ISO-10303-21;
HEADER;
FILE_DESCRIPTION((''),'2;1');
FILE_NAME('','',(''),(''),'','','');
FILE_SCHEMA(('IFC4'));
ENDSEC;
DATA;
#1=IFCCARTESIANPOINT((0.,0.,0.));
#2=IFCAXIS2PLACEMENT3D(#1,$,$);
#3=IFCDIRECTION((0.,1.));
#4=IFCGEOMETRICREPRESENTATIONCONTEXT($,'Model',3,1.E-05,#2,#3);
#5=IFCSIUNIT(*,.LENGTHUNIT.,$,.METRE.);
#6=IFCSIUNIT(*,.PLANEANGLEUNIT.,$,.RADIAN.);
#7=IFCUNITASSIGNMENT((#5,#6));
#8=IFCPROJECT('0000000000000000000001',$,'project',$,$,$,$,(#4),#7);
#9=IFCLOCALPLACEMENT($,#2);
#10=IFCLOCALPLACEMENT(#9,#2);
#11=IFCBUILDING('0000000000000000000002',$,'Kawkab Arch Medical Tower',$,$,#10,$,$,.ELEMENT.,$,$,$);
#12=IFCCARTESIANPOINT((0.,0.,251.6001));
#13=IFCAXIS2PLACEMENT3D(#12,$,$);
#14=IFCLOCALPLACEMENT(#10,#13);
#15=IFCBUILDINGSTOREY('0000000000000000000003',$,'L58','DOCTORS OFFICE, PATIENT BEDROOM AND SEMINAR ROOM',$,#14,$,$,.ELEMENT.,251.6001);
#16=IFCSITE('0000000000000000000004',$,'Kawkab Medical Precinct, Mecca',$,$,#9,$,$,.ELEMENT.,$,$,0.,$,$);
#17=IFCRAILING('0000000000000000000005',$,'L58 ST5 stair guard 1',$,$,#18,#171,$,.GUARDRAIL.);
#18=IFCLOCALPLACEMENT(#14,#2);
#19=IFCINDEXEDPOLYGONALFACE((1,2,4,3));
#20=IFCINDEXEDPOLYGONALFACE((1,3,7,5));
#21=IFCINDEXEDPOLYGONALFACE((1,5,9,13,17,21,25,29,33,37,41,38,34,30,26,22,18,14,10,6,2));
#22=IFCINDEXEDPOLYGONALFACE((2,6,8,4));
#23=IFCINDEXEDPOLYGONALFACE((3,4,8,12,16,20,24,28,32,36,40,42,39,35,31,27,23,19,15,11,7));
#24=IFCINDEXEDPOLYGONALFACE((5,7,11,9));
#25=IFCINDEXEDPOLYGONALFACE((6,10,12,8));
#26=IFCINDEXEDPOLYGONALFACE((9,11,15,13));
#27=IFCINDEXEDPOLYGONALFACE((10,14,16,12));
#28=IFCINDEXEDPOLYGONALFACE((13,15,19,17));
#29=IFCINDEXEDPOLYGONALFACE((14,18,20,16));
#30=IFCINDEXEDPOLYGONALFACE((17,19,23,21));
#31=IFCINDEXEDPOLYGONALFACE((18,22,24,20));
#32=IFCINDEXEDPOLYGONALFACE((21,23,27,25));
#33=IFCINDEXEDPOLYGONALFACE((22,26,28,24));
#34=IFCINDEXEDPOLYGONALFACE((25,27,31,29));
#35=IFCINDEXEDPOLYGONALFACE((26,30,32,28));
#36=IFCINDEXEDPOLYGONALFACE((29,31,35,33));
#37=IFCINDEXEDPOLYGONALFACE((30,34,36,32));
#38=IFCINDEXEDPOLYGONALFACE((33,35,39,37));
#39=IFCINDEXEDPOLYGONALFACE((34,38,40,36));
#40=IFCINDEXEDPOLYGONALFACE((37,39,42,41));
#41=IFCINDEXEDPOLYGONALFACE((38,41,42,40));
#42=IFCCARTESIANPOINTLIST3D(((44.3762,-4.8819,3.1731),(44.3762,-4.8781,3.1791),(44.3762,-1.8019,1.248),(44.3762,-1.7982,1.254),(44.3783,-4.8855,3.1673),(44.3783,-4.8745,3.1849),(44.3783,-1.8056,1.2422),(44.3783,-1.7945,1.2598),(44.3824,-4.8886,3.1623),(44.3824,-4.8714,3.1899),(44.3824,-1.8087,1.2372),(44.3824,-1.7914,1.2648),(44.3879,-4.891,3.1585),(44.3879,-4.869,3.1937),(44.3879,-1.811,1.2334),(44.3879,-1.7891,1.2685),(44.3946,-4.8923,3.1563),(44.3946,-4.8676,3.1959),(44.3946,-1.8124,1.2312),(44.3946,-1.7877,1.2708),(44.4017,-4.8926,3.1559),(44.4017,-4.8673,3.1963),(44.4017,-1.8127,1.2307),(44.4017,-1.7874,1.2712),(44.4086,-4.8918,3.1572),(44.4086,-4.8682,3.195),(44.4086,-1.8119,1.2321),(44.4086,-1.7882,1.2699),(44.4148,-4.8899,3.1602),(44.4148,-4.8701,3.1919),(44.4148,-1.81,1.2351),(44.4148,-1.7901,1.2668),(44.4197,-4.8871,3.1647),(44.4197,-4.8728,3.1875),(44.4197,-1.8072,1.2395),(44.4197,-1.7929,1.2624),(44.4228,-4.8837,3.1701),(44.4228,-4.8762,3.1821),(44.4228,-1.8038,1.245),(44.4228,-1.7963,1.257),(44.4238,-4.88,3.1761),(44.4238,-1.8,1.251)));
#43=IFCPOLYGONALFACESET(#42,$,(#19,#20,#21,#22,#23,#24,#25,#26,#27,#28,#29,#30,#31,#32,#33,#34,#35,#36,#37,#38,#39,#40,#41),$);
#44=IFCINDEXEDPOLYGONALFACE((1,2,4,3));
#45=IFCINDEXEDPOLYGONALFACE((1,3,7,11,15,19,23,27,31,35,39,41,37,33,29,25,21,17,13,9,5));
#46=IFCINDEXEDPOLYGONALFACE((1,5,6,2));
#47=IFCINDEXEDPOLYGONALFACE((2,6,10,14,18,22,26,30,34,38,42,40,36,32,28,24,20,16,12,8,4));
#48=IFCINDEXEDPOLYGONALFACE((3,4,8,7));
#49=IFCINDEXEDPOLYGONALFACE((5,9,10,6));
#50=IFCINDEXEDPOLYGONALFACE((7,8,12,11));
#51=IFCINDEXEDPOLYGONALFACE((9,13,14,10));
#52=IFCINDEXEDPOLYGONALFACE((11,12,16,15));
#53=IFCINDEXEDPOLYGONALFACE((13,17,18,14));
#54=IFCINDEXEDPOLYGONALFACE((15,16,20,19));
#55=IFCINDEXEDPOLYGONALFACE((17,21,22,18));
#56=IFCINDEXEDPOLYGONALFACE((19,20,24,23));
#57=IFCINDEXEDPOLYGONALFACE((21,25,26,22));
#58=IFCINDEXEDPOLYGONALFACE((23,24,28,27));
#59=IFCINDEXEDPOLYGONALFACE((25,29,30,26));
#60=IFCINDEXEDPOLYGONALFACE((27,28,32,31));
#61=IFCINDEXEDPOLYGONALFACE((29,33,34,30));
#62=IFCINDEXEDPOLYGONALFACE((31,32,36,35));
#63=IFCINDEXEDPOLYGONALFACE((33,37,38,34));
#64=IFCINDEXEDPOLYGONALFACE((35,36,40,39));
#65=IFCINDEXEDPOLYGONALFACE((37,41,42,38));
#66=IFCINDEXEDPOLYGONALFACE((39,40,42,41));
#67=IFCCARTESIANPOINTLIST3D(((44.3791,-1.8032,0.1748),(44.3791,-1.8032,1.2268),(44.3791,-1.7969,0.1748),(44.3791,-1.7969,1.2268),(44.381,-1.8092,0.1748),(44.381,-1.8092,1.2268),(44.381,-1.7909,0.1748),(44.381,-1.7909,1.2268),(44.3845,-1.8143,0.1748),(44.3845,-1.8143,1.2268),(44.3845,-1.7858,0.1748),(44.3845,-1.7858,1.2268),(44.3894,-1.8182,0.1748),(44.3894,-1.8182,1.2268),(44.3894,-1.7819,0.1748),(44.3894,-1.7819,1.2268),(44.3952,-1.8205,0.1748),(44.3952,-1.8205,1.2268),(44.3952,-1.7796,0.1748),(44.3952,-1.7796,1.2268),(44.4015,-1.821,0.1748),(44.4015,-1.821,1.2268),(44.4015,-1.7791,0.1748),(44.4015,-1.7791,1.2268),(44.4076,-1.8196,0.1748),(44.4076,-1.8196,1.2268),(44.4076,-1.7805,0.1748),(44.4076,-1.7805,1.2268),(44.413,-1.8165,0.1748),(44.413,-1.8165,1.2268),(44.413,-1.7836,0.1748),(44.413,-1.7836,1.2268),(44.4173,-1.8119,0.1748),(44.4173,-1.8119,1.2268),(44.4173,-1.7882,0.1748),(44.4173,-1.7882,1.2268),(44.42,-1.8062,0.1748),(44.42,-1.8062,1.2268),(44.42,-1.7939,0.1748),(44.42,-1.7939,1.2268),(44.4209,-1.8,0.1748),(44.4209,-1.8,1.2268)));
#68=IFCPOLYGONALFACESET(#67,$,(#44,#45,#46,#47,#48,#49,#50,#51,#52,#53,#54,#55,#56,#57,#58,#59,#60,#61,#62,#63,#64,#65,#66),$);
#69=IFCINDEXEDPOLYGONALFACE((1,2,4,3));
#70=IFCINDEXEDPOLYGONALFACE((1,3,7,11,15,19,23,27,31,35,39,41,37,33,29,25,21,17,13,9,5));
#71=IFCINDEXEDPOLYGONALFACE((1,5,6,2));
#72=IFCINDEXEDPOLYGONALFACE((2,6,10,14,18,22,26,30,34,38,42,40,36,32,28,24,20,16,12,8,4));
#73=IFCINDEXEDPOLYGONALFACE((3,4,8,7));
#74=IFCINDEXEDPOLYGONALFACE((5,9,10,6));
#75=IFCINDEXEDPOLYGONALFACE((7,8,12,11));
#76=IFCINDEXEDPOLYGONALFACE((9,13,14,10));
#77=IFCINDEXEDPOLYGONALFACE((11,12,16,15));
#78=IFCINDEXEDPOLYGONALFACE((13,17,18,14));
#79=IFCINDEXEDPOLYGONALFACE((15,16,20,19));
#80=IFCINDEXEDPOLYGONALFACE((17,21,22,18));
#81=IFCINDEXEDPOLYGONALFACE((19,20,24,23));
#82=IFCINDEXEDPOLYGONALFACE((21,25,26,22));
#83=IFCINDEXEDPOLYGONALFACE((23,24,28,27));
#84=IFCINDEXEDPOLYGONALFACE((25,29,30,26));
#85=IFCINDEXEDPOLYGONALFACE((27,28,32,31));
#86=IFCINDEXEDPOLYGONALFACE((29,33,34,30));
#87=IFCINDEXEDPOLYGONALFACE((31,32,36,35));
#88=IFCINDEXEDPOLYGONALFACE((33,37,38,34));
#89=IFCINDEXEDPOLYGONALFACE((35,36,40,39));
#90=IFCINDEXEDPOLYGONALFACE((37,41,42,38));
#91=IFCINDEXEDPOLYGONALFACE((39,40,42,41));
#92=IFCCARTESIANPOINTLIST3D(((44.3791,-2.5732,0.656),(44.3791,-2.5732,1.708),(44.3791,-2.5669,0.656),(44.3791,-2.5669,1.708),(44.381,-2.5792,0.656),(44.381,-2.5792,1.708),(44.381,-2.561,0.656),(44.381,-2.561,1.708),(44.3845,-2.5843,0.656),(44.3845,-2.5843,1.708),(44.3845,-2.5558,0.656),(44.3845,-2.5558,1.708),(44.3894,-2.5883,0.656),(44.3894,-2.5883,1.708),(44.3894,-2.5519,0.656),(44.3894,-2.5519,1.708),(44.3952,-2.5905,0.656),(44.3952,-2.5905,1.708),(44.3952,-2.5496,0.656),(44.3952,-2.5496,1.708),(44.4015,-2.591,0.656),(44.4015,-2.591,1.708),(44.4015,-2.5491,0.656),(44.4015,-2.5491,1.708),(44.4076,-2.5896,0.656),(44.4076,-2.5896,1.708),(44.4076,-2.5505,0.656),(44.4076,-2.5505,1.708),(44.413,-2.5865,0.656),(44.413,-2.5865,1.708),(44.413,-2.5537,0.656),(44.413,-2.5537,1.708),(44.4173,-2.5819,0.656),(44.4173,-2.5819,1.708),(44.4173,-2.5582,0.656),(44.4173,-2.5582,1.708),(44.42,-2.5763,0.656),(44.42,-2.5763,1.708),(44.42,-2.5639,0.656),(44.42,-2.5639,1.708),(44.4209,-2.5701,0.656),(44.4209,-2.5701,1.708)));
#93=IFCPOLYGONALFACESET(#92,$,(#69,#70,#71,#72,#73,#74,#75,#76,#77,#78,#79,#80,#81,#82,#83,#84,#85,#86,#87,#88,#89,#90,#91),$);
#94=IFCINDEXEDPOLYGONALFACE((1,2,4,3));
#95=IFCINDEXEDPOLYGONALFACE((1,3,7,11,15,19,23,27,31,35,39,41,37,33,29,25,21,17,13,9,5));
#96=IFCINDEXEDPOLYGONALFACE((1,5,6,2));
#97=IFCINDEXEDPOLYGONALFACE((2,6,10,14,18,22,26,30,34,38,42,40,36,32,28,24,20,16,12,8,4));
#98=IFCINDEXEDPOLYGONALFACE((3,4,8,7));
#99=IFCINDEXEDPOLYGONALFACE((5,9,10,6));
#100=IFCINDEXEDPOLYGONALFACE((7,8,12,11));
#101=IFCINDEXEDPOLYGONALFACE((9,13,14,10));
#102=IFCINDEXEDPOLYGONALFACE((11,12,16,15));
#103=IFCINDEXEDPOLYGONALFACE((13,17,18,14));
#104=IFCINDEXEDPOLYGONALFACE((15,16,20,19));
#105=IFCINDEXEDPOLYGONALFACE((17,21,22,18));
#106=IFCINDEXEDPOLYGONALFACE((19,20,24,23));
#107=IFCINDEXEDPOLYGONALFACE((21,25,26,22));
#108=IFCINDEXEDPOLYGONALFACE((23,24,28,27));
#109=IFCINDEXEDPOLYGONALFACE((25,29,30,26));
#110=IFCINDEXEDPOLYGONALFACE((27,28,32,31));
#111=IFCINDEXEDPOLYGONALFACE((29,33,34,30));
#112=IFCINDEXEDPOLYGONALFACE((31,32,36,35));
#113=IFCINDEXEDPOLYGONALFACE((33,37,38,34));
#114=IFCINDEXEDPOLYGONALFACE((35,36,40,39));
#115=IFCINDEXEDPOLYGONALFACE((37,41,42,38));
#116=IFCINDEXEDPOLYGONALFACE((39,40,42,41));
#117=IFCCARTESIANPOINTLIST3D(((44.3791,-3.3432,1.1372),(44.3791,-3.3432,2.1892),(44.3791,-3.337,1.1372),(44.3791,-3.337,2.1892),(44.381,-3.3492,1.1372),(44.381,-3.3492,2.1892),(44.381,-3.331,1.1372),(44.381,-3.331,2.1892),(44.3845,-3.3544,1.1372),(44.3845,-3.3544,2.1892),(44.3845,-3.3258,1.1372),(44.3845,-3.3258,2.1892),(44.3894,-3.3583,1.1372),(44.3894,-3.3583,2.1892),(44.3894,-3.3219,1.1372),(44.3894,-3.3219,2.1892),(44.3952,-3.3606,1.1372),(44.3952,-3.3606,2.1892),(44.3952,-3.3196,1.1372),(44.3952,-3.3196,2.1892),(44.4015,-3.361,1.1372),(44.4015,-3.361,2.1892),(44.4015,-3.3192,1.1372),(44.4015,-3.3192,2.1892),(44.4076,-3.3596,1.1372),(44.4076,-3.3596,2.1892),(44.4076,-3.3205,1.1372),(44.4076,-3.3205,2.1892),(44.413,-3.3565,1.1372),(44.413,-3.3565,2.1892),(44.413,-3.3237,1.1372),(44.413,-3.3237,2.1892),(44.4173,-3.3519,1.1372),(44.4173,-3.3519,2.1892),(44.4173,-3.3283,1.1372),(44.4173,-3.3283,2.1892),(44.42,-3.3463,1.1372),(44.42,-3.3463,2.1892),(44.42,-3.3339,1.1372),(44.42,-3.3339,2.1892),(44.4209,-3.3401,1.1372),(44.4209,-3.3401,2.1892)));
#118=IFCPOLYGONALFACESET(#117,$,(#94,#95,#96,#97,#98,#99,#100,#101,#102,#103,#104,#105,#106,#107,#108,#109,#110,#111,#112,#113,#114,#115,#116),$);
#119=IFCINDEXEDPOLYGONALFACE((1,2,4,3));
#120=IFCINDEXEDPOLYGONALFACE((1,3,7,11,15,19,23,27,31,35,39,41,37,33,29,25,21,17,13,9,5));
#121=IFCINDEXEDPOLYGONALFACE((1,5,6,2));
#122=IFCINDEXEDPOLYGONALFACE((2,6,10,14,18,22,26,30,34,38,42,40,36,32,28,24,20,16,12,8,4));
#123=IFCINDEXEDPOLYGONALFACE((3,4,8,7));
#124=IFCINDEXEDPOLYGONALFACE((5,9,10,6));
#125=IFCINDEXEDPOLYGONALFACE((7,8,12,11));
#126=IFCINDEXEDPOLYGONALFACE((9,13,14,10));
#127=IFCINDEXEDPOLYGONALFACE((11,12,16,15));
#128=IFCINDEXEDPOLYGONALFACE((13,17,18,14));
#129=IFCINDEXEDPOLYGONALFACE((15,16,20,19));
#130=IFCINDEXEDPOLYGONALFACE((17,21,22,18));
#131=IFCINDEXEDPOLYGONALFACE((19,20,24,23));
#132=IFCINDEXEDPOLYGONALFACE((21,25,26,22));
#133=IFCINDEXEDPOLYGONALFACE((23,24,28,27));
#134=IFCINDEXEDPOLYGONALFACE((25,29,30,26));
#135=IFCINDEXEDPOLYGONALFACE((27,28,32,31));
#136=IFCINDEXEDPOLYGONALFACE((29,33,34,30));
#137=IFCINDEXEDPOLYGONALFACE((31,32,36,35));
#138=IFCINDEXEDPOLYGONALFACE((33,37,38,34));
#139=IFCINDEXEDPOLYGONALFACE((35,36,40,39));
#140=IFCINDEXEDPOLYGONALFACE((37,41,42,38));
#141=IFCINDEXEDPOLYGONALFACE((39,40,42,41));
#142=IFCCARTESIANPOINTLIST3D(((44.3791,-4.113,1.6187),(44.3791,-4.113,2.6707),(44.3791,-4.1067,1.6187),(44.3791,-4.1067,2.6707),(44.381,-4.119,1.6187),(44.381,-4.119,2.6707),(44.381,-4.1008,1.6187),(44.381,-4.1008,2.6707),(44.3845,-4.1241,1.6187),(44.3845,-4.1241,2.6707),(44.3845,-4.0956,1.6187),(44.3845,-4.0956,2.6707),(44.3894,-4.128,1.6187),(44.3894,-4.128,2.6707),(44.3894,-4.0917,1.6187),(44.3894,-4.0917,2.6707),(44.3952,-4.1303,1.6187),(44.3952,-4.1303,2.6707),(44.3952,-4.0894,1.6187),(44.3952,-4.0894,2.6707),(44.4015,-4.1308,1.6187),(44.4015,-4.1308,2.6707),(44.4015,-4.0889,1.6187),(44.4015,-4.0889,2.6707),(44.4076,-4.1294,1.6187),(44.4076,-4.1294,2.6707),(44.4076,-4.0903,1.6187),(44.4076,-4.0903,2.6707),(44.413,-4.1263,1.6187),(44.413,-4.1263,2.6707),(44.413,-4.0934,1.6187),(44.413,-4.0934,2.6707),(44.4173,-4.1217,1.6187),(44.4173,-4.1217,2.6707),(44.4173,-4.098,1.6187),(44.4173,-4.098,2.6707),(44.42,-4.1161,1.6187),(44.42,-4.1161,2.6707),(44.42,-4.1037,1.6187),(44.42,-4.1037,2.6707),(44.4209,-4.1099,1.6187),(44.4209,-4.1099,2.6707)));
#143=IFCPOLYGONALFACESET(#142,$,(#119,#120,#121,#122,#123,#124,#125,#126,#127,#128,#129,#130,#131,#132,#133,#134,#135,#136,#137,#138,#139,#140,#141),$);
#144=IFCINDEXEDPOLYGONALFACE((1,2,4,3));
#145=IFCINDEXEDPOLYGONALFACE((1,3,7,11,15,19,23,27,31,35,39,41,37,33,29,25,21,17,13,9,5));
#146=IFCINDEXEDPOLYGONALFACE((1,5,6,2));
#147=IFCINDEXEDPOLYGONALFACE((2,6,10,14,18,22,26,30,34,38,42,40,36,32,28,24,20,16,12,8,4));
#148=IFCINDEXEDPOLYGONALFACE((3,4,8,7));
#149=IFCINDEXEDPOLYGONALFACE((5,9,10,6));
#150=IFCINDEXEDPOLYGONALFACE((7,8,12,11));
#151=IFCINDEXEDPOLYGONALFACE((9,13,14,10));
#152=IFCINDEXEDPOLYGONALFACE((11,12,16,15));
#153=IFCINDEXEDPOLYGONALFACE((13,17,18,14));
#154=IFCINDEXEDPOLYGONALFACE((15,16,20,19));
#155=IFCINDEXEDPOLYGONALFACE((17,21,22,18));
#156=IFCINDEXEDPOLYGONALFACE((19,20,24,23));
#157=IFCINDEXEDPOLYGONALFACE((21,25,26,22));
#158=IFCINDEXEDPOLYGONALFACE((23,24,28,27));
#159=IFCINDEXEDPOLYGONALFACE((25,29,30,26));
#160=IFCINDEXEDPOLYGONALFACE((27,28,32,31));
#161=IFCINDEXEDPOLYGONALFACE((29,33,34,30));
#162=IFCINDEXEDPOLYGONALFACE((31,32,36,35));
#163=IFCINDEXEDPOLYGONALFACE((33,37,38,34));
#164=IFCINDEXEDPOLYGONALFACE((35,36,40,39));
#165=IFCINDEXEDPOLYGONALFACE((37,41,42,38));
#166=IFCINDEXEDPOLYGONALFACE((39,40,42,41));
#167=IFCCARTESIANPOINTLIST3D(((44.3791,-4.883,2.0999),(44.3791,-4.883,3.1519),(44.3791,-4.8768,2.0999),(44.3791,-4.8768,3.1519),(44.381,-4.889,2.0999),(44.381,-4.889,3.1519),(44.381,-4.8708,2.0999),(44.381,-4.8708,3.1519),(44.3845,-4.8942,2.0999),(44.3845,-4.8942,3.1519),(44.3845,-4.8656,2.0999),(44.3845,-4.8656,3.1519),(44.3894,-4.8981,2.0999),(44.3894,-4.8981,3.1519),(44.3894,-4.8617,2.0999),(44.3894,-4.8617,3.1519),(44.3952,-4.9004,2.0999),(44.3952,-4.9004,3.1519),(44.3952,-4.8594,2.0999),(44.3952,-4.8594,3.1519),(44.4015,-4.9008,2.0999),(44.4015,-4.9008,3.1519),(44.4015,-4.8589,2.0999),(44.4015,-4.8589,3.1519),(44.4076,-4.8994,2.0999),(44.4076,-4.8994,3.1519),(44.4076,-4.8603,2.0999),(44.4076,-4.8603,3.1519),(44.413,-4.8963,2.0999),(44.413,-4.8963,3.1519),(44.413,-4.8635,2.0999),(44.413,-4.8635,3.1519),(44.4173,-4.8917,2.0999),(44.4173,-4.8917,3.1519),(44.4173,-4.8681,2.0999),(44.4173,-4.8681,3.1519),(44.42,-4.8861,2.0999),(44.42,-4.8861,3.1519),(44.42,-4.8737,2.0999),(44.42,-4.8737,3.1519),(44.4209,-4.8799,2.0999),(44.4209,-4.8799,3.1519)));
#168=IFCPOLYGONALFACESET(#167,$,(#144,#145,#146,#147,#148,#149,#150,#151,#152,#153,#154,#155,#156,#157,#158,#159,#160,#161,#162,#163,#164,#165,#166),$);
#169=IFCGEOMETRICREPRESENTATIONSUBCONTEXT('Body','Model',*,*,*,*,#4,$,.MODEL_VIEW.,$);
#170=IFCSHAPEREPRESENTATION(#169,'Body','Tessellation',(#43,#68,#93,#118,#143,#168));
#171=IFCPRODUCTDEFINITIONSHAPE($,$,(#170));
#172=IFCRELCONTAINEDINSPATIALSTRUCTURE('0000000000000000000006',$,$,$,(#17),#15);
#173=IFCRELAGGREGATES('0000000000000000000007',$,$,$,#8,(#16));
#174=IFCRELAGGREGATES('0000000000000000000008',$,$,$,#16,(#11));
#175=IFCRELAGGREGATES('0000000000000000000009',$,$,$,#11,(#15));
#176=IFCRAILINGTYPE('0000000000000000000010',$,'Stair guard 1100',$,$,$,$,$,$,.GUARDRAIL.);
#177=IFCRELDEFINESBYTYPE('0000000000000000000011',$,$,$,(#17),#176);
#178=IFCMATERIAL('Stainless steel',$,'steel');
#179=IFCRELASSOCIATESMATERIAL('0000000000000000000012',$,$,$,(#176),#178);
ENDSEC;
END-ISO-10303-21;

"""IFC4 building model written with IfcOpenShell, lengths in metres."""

from ifc_helpers import new_model, si_unit, direction, frame, origin, origin_2d, place, context, subcontext, project, spatial, circle, extrude, material, type_object, element, save


model = new_model("IFC4")

# Units and contexts
model_context = context("Model", 3, precision=1e-05, world=origin(), true_north=direction((0.0, 1.0)))
body_context = subcontext(model_context, "Body", "Model", "MODEL_VIEW")
ifc_project = project(units=[si_unit("LENGTHUNIT", "METRE"), si_unit("PLANEANGLEUNIT", "RADIAN")], contexts=[model_context])

# Site, building, storey
site_placement = place(None, origin())
site = spatial("IfcSite", under=ifc_project, at=site_placement, Name="Kawkab Medical Precinct, Mecca", CompositionType="ELEMENT", RefElevation=0.0)
building_placement = place(site_placement, origin())
building = spatial("IfcBuilding", under=site, at=building_placement, Name="Kawkab Arch Medical Tower", CompositionType="ELEMENT")
storey_placement = place(building_placement, frame((0.0, 0.0, 251.6001)))
storey = spatial("IfcBuildingStorey", under=building, at=storey_placement, Name="L58", Description="DOCTORS OFFICE, PATIENT BEDROOM AND SEMINAR ROOM", CompositionType="ELEMENT", Elevation=251.6001)

# Railing
ifc_material_1 = material(Name="Stainless steel", Category="steel")
railing_type_1 = type_object("IfcRailingType", Name="Stair guard 1100", PredefinedType="GUARDRAIL", material=ifc_material_1)
railing_1_placement = place(storey_placement, frame((44.3999, -1.8, 0.1748)))
element("IfcRailing", 1, at=railing_1_placement, inside=storey, type_object=railing_type_1, Name="L58 ST5 stair guard 1", PredefinedType="GUARDRAIL", context=body_context, shape_type="SweptSolid", body=[
    extrude(circle(Radius=0.0239, at=origin_2d()), frame((0.0, 0.0, 1.0762), z_axis=(0.0, -0.847979, 0.530029), x_axis=(1.0, 0.0, 0.0)), (0.0, 0.0, 1.0), 3.6321),
    extrude(circle(Radius=0.021, at=origin_2d()), origin(), (0.0, 0.0, 1.0), 1.052),
    extrude(circle(Radius=0.021, at=origin_2d()), frame((0.0, -0.77, 0.4812)), (0.0, 0.0, 1.0), 1.052),
    extrude(circle(Radius=0.021, at=origin_2d()), frame((0.0, -1.54, 0.9624)), (0.0, 0.0, 1.0), 1.052),
    extrude(circle(Radius=0.021, at=origin_2d()), frame((0.0, -2.3098, 1.4438)), (0.0, 0.0, 1.0), 1.052),
    extrude(circle(Radius=0.021, at=origin_2d()), frame((0.0, -3.0798, 1.925)), (0.0, 0.0, 1.0), 1.052),
])

save(model, "model.ifc")
